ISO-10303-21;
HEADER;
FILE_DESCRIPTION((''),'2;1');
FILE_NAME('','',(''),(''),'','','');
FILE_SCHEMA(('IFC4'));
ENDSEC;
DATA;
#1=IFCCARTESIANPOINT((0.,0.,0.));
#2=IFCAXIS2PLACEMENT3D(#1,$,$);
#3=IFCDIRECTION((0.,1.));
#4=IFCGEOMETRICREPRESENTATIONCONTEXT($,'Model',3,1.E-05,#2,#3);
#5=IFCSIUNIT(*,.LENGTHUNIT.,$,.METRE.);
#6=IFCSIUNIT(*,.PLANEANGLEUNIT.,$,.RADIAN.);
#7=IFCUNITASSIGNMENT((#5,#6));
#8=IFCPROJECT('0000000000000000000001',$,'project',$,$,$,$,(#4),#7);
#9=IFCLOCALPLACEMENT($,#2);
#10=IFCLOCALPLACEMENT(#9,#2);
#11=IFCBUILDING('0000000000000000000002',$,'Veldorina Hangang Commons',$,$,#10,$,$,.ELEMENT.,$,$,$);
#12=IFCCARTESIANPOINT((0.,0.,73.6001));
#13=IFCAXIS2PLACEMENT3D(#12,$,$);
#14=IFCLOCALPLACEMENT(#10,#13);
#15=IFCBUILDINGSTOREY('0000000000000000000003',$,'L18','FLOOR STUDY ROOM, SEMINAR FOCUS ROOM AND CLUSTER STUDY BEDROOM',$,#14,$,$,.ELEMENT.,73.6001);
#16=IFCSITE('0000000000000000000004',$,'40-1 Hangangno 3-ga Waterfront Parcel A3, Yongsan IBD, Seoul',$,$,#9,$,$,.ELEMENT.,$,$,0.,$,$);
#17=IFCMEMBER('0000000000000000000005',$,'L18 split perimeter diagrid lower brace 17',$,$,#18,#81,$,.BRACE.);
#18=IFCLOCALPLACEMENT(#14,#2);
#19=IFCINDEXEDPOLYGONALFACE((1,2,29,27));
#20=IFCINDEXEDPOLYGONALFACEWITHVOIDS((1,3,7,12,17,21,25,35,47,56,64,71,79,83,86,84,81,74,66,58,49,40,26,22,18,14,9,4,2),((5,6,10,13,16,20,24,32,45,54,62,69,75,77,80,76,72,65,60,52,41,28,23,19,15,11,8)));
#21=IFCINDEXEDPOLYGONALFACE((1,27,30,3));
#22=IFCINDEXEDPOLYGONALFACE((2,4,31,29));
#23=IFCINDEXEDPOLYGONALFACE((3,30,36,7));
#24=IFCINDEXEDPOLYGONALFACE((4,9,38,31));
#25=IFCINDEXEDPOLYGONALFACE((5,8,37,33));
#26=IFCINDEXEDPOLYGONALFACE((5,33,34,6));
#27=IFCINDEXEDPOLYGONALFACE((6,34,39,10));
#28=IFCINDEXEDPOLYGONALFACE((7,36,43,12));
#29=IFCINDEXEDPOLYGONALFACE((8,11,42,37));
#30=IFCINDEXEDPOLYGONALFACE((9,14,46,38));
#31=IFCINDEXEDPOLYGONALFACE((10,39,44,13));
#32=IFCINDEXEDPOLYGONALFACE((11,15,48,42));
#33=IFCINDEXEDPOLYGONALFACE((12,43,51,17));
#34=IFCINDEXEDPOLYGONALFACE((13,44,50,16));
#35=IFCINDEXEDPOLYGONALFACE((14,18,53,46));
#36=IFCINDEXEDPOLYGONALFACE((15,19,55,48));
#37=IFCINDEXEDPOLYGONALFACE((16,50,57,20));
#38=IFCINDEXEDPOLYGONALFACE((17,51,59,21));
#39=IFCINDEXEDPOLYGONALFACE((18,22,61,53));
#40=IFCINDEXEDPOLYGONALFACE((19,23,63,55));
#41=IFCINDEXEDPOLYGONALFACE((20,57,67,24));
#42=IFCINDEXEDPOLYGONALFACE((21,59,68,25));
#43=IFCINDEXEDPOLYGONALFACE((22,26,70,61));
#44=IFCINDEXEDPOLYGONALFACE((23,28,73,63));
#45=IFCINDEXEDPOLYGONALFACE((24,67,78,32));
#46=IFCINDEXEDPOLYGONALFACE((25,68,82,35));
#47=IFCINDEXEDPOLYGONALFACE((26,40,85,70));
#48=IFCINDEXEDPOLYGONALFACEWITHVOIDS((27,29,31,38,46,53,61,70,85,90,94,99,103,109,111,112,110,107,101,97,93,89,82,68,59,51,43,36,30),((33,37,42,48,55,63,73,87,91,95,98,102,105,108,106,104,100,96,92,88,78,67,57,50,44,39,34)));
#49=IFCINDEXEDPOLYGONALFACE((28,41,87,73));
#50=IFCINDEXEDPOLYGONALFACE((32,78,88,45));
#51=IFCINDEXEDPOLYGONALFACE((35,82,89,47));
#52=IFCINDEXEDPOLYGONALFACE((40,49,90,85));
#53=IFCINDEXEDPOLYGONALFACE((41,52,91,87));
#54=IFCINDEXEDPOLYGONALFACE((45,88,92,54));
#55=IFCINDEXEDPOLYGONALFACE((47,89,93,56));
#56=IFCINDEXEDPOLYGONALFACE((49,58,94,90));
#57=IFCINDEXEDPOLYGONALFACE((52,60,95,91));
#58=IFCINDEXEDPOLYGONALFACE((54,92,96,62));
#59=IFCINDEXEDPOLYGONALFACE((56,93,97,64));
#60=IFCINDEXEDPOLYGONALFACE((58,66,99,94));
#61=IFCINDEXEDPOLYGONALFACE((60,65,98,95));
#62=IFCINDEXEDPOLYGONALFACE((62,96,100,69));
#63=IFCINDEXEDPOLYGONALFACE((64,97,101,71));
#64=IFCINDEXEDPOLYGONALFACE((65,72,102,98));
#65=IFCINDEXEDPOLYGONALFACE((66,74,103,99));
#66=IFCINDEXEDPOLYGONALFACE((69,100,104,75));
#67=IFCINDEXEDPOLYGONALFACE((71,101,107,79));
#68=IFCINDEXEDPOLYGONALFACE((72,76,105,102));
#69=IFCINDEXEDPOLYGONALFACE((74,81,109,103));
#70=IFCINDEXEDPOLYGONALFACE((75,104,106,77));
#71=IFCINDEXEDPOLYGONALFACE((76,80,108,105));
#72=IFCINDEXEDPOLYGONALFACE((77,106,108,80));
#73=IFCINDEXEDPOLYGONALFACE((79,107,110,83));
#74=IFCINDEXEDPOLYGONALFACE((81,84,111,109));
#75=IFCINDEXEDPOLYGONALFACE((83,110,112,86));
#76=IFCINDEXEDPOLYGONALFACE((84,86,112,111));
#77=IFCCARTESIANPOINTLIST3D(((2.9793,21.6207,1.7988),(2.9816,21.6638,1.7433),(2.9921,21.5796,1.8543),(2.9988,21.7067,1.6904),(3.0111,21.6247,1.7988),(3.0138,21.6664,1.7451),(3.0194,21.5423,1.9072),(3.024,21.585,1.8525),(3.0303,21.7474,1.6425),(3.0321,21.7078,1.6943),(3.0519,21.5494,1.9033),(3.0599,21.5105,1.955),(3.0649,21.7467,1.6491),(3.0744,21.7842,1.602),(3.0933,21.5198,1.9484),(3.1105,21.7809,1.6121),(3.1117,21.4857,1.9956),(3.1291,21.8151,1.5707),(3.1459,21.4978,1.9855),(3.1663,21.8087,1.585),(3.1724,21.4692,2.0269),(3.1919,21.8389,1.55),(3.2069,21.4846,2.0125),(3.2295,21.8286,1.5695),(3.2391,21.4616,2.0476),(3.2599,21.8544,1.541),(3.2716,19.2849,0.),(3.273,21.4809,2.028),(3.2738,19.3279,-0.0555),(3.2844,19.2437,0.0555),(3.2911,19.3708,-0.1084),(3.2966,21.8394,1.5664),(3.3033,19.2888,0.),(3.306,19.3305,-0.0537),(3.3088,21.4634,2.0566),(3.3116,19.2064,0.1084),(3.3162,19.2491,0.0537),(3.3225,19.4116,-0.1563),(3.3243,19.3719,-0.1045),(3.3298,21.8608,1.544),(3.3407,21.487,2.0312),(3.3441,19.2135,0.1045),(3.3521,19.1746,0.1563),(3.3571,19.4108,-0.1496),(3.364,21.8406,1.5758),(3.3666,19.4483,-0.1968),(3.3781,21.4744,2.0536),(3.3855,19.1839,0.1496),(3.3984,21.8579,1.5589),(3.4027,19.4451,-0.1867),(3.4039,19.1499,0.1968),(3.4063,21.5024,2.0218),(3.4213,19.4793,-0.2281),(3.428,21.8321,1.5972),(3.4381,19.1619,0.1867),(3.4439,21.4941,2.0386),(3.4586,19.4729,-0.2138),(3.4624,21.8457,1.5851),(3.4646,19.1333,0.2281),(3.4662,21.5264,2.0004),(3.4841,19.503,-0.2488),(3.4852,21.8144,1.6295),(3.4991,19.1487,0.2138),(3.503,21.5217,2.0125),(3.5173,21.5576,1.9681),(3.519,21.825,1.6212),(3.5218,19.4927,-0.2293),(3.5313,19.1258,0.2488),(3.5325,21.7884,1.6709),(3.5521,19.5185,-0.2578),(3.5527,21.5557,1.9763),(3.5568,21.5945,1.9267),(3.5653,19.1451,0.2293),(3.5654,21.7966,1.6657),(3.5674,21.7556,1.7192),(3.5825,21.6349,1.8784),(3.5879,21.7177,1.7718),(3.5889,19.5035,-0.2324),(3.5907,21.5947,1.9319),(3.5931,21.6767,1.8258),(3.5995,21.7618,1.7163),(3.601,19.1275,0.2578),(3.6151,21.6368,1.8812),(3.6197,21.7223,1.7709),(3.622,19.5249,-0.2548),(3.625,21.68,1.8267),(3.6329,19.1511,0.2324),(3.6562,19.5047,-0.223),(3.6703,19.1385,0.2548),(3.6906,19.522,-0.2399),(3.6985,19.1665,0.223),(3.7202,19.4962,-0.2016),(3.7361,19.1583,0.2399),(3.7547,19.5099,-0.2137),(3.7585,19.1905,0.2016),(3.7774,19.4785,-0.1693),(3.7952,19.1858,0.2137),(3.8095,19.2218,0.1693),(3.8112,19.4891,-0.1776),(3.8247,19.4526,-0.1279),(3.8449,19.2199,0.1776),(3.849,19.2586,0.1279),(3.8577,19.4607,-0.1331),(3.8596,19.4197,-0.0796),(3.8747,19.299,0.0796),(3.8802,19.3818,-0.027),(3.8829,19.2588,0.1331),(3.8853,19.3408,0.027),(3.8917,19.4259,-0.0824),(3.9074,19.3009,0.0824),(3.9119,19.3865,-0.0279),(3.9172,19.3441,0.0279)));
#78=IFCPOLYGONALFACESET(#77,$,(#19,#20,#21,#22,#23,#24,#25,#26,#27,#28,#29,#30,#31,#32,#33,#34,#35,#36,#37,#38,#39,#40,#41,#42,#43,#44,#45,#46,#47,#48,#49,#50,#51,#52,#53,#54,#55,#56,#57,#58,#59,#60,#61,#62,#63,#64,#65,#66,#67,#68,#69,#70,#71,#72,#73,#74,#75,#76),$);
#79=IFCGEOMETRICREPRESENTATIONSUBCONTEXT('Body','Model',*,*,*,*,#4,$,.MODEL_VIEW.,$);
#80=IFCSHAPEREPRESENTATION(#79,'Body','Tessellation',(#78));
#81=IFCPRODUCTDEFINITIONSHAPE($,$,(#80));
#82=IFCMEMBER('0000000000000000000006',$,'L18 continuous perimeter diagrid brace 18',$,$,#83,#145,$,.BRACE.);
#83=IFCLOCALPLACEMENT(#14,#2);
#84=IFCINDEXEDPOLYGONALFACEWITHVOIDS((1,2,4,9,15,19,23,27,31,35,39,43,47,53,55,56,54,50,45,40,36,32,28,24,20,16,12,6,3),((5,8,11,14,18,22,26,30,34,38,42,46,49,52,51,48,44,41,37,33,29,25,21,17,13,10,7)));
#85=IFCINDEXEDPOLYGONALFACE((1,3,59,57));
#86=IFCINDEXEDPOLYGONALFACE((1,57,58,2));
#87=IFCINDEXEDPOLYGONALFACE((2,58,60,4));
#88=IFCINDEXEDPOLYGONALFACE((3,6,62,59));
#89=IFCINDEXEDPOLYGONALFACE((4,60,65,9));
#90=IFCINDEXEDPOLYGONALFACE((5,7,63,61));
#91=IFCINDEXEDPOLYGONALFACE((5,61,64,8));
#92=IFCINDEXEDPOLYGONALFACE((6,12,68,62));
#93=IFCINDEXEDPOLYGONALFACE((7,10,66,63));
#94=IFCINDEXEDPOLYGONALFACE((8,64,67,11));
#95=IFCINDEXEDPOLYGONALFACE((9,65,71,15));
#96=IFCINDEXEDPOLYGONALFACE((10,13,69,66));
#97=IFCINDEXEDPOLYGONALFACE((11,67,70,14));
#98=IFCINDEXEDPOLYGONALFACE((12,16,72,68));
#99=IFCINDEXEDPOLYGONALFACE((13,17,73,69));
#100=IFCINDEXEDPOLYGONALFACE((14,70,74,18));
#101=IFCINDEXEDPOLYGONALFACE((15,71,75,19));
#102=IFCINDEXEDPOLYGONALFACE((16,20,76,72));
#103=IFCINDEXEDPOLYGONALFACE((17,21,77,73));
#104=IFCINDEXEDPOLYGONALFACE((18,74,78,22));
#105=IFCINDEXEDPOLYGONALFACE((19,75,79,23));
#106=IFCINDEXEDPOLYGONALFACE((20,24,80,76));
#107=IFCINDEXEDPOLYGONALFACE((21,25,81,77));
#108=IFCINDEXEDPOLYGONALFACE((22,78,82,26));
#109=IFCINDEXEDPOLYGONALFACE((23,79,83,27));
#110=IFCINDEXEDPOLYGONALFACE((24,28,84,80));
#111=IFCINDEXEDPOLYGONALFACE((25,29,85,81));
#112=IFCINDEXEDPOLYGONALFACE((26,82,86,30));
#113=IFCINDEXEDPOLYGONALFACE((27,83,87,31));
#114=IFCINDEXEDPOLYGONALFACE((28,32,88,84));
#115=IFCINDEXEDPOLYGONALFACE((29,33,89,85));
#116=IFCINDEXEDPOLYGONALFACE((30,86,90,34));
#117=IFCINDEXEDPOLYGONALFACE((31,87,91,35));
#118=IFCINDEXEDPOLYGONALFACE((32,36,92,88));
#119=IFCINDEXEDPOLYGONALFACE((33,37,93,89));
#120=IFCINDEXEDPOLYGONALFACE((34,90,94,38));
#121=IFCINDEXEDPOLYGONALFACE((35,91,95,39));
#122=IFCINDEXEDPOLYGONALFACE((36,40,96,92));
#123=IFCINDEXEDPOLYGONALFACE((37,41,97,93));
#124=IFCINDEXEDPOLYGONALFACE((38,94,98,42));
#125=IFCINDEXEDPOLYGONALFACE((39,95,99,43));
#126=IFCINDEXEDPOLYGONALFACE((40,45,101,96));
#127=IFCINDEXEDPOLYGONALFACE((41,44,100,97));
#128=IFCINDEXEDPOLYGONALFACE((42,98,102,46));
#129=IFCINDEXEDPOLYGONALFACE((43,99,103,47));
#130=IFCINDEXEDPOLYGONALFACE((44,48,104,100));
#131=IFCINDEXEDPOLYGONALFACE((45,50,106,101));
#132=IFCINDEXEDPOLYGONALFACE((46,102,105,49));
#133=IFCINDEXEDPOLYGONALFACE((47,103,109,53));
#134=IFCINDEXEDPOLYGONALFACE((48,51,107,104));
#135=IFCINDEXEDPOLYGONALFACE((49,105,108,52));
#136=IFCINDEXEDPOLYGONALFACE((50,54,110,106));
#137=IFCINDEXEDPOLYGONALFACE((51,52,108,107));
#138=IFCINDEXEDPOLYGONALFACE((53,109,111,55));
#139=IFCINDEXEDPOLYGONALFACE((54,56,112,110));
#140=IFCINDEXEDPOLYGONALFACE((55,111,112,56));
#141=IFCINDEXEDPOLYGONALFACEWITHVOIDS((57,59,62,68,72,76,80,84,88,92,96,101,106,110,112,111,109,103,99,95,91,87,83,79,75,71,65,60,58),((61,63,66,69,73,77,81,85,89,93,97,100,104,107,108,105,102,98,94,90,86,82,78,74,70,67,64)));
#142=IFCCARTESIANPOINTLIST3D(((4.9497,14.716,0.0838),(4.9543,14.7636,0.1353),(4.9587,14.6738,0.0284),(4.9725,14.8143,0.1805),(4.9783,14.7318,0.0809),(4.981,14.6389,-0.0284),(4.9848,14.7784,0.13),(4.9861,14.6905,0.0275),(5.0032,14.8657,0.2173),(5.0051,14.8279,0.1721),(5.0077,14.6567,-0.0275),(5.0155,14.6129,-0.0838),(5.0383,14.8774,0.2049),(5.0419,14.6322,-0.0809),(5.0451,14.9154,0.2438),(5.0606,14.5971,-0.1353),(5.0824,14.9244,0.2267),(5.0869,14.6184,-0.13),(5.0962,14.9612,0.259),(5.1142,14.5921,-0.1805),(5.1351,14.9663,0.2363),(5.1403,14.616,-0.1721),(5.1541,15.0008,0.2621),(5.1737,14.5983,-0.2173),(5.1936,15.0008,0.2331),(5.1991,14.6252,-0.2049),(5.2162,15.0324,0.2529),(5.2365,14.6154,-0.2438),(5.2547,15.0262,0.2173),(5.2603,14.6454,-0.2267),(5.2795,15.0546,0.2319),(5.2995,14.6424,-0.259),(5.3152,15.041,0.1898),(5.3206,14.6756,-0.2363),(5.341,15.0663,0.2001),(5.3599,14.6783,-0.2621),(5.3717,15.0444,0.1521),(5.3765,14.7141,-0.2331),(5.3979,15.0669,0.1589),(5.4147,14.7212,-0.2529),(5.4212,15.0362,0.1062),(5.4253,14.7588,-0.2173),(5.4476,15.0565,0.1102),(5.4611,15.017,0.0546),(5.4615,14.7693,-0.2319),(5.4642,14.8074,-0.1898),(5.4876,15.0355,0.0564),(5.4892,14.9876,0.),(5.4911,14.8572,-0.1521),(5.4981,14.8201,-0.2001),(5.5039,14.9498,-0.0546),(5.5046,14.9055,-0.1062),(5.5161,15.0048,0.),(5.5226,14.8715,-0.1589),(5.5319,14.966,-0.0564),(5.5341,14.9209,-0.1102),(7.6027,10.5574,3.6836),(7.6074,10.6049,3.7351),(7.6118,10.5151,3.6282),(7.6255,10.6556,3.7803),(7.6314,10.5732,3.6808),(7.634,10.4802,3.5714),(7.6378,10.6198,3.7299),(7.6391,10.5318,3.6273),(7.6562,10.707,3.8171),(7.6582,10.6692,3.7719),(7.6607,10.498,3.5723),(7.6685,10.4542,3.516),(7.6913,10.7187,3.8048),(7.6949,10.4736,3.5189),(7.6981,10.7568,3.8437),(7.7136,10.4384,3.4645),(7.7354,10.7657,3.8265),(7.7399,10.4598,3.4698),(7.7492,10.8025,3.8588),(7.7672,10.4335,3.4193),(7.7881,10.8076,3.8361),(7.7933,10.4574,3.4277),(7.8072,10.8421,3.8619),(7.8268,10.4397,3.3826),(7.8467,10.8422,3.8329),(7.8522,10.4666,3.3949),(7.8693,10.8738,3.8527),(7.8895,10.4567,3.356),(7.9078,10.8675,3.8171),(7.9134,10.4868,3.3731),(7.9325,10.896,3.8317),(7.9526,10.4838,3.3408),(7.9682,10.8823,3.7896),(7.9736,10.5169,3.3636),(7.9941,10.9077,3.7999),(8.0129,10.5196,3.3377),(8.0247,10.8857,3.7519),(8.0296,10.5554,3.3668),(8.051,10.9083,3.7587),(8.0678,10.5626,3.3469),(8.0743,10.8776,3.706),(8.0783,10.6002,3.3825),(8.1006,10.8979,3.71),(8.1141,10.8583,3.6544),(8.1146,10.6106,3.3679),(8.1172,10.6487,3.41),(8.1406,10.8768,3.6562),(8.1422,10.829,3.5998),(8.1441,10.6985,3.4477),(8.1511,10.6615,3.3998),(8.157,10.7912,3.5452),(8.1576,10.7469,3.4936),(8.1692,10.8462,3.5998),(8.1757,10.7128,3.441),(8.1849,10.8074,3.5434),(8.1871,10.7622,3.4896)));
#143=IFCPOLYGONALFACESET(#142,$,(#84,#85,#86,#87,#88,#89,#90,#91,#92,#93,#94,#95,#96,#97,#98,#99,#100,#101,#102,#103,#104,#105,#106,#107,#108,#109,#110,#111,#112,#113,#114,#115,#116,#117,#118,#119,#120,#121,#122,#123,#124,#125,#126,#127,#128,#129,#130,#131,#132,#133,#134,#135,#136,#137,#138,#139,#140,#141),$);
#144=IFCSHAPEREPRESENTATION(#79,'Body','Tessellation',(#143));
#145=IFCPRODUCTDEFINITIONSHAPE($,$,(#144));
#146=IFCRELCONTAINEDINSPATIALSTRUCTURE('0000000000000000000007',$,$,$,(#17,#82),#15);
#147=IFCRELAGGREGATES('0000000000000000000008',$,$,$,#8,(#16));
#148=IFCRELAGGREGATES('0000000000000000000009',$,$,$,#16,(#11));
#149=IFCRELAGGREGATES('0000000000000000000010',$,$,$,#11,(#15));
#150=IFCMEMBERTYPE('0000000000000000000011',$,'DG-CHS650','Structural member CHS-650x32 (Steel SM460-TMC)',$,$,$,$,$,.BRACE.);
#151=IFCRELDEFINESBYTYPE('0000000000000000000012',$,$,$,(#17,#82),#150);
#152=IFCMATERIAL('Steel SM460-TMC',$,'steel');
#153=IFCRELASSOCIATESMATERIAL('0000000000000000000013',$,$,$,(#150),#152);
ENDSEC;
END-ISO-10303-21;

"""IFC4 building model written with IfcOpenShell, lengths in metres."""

from ifc_helpers import new_model, si_unit, direction, frame, origin, origin_2d, place, context, subcontext, project, spatial, hollow_circle, extrude, material, material_profile, profile_set, type_object, element, save


model = new_model("IFC4")

# Units and contexts
model_context = context("Model", 3, precision=1e-05, world=origin(), true_north=direction((0.0, 1.0)))
body_context = subcontext(model_context, "Body", "Model", "MODEL_VIEW")
ifc_project = project(units=[si_unit("LENGTHUNIT", "METRE"), si_unit("PLANEANGLEUNIT", "RADIAN")], contexts=[model_context])

# Site, building, storey
site_placement = place(None, origin())
site = spatial("IfcSite", under=ifc_project, at=site_placement, Name="40-1 Hangangno 3-ga Waterfront Parcel A3, Yongsan IBD, Seoul", CompositionType="ELEMENT", RefElevation=0.0)
building_placement = place(site_placement, origin())
building = spatial("IfcBuilding", under=site, at=building_placement, Name="Veldorina Hangang Commons", CompositionType="ELEMENT")
storey_placement = place(building_placement, frame((0.0, 0.0, 73.6001)))
storey = spatial("IfcBuildingStorey", under=building, at=storey_placement, Name="L18", Description="FLOOR STUDY ROOM, SEMINAR FOCUS ROOM AND CLUSTER STUDY BEDROOM", CompositionType="ELEMENT", Elevation=73.6001)

# Members
ifc_material_1 = material(Name="Steel SM460-TMC", Category="steel")
ifc_material_profile_1 = material_profile(ifc_material_1, hollow_circle(Radius=0.325, WallThickness=0.032, at=origin_2d()), Name="CHS-650x32")
ifc_profile_set_1 = profile_set([ifc_material_profile_1], Name="Steel SM460-TMC")
member_type = type_object("IfcMemberType", Name="DG-CHS650", Description="Structural member CHS-650x32 (Steel SM460-TMC)", PredefinedType="BRACE", material=ifc_profile_set_1)
member_1_placement = place(storey_placement, frame((3.594, 19.3252, 0.0), z_axis=(-0.098637, 0.78844, 0.607152), x_axis=(-0.992265, -0.124137, 0.0)))
element("IfcMember", 1, at=member_1_placement, inside=storey, type_object=member_type, Name="L18 split perimeter diagrid lower brace 17", PredefinedType="BRACE", context=body_context, shape_type="SweptSolid", body=[
    extrude(hollow_circle(Radius=0.325, WallThickness=0.032, at=origin_2d()), origin(), (0.0, 0.0, 1.0), 2.9626),
])
member_2_placement = place(storey_placement, frame((5.2422, 14.8301, 0.0), z_axis=(0.434449, -0.680998, 0.589487), x_axis=(0.843052, 0.537833, 0.0)))
element("IfcMember", 2, at=member_2_placement, inside=storey, type_object=member_type, Name="L18 continuous perimeter diagrid brace 18", PredefinedType="BRACE", context=body_context, shape_type="SweptSolid", body=[
    extrude(hollow_circle(Radius=0.325, WallThickness=0.032, at=origin_2d()), origin(), (0.0, 0.0, 1.0), 6.1067),
])

save(model, "model.ifc")
